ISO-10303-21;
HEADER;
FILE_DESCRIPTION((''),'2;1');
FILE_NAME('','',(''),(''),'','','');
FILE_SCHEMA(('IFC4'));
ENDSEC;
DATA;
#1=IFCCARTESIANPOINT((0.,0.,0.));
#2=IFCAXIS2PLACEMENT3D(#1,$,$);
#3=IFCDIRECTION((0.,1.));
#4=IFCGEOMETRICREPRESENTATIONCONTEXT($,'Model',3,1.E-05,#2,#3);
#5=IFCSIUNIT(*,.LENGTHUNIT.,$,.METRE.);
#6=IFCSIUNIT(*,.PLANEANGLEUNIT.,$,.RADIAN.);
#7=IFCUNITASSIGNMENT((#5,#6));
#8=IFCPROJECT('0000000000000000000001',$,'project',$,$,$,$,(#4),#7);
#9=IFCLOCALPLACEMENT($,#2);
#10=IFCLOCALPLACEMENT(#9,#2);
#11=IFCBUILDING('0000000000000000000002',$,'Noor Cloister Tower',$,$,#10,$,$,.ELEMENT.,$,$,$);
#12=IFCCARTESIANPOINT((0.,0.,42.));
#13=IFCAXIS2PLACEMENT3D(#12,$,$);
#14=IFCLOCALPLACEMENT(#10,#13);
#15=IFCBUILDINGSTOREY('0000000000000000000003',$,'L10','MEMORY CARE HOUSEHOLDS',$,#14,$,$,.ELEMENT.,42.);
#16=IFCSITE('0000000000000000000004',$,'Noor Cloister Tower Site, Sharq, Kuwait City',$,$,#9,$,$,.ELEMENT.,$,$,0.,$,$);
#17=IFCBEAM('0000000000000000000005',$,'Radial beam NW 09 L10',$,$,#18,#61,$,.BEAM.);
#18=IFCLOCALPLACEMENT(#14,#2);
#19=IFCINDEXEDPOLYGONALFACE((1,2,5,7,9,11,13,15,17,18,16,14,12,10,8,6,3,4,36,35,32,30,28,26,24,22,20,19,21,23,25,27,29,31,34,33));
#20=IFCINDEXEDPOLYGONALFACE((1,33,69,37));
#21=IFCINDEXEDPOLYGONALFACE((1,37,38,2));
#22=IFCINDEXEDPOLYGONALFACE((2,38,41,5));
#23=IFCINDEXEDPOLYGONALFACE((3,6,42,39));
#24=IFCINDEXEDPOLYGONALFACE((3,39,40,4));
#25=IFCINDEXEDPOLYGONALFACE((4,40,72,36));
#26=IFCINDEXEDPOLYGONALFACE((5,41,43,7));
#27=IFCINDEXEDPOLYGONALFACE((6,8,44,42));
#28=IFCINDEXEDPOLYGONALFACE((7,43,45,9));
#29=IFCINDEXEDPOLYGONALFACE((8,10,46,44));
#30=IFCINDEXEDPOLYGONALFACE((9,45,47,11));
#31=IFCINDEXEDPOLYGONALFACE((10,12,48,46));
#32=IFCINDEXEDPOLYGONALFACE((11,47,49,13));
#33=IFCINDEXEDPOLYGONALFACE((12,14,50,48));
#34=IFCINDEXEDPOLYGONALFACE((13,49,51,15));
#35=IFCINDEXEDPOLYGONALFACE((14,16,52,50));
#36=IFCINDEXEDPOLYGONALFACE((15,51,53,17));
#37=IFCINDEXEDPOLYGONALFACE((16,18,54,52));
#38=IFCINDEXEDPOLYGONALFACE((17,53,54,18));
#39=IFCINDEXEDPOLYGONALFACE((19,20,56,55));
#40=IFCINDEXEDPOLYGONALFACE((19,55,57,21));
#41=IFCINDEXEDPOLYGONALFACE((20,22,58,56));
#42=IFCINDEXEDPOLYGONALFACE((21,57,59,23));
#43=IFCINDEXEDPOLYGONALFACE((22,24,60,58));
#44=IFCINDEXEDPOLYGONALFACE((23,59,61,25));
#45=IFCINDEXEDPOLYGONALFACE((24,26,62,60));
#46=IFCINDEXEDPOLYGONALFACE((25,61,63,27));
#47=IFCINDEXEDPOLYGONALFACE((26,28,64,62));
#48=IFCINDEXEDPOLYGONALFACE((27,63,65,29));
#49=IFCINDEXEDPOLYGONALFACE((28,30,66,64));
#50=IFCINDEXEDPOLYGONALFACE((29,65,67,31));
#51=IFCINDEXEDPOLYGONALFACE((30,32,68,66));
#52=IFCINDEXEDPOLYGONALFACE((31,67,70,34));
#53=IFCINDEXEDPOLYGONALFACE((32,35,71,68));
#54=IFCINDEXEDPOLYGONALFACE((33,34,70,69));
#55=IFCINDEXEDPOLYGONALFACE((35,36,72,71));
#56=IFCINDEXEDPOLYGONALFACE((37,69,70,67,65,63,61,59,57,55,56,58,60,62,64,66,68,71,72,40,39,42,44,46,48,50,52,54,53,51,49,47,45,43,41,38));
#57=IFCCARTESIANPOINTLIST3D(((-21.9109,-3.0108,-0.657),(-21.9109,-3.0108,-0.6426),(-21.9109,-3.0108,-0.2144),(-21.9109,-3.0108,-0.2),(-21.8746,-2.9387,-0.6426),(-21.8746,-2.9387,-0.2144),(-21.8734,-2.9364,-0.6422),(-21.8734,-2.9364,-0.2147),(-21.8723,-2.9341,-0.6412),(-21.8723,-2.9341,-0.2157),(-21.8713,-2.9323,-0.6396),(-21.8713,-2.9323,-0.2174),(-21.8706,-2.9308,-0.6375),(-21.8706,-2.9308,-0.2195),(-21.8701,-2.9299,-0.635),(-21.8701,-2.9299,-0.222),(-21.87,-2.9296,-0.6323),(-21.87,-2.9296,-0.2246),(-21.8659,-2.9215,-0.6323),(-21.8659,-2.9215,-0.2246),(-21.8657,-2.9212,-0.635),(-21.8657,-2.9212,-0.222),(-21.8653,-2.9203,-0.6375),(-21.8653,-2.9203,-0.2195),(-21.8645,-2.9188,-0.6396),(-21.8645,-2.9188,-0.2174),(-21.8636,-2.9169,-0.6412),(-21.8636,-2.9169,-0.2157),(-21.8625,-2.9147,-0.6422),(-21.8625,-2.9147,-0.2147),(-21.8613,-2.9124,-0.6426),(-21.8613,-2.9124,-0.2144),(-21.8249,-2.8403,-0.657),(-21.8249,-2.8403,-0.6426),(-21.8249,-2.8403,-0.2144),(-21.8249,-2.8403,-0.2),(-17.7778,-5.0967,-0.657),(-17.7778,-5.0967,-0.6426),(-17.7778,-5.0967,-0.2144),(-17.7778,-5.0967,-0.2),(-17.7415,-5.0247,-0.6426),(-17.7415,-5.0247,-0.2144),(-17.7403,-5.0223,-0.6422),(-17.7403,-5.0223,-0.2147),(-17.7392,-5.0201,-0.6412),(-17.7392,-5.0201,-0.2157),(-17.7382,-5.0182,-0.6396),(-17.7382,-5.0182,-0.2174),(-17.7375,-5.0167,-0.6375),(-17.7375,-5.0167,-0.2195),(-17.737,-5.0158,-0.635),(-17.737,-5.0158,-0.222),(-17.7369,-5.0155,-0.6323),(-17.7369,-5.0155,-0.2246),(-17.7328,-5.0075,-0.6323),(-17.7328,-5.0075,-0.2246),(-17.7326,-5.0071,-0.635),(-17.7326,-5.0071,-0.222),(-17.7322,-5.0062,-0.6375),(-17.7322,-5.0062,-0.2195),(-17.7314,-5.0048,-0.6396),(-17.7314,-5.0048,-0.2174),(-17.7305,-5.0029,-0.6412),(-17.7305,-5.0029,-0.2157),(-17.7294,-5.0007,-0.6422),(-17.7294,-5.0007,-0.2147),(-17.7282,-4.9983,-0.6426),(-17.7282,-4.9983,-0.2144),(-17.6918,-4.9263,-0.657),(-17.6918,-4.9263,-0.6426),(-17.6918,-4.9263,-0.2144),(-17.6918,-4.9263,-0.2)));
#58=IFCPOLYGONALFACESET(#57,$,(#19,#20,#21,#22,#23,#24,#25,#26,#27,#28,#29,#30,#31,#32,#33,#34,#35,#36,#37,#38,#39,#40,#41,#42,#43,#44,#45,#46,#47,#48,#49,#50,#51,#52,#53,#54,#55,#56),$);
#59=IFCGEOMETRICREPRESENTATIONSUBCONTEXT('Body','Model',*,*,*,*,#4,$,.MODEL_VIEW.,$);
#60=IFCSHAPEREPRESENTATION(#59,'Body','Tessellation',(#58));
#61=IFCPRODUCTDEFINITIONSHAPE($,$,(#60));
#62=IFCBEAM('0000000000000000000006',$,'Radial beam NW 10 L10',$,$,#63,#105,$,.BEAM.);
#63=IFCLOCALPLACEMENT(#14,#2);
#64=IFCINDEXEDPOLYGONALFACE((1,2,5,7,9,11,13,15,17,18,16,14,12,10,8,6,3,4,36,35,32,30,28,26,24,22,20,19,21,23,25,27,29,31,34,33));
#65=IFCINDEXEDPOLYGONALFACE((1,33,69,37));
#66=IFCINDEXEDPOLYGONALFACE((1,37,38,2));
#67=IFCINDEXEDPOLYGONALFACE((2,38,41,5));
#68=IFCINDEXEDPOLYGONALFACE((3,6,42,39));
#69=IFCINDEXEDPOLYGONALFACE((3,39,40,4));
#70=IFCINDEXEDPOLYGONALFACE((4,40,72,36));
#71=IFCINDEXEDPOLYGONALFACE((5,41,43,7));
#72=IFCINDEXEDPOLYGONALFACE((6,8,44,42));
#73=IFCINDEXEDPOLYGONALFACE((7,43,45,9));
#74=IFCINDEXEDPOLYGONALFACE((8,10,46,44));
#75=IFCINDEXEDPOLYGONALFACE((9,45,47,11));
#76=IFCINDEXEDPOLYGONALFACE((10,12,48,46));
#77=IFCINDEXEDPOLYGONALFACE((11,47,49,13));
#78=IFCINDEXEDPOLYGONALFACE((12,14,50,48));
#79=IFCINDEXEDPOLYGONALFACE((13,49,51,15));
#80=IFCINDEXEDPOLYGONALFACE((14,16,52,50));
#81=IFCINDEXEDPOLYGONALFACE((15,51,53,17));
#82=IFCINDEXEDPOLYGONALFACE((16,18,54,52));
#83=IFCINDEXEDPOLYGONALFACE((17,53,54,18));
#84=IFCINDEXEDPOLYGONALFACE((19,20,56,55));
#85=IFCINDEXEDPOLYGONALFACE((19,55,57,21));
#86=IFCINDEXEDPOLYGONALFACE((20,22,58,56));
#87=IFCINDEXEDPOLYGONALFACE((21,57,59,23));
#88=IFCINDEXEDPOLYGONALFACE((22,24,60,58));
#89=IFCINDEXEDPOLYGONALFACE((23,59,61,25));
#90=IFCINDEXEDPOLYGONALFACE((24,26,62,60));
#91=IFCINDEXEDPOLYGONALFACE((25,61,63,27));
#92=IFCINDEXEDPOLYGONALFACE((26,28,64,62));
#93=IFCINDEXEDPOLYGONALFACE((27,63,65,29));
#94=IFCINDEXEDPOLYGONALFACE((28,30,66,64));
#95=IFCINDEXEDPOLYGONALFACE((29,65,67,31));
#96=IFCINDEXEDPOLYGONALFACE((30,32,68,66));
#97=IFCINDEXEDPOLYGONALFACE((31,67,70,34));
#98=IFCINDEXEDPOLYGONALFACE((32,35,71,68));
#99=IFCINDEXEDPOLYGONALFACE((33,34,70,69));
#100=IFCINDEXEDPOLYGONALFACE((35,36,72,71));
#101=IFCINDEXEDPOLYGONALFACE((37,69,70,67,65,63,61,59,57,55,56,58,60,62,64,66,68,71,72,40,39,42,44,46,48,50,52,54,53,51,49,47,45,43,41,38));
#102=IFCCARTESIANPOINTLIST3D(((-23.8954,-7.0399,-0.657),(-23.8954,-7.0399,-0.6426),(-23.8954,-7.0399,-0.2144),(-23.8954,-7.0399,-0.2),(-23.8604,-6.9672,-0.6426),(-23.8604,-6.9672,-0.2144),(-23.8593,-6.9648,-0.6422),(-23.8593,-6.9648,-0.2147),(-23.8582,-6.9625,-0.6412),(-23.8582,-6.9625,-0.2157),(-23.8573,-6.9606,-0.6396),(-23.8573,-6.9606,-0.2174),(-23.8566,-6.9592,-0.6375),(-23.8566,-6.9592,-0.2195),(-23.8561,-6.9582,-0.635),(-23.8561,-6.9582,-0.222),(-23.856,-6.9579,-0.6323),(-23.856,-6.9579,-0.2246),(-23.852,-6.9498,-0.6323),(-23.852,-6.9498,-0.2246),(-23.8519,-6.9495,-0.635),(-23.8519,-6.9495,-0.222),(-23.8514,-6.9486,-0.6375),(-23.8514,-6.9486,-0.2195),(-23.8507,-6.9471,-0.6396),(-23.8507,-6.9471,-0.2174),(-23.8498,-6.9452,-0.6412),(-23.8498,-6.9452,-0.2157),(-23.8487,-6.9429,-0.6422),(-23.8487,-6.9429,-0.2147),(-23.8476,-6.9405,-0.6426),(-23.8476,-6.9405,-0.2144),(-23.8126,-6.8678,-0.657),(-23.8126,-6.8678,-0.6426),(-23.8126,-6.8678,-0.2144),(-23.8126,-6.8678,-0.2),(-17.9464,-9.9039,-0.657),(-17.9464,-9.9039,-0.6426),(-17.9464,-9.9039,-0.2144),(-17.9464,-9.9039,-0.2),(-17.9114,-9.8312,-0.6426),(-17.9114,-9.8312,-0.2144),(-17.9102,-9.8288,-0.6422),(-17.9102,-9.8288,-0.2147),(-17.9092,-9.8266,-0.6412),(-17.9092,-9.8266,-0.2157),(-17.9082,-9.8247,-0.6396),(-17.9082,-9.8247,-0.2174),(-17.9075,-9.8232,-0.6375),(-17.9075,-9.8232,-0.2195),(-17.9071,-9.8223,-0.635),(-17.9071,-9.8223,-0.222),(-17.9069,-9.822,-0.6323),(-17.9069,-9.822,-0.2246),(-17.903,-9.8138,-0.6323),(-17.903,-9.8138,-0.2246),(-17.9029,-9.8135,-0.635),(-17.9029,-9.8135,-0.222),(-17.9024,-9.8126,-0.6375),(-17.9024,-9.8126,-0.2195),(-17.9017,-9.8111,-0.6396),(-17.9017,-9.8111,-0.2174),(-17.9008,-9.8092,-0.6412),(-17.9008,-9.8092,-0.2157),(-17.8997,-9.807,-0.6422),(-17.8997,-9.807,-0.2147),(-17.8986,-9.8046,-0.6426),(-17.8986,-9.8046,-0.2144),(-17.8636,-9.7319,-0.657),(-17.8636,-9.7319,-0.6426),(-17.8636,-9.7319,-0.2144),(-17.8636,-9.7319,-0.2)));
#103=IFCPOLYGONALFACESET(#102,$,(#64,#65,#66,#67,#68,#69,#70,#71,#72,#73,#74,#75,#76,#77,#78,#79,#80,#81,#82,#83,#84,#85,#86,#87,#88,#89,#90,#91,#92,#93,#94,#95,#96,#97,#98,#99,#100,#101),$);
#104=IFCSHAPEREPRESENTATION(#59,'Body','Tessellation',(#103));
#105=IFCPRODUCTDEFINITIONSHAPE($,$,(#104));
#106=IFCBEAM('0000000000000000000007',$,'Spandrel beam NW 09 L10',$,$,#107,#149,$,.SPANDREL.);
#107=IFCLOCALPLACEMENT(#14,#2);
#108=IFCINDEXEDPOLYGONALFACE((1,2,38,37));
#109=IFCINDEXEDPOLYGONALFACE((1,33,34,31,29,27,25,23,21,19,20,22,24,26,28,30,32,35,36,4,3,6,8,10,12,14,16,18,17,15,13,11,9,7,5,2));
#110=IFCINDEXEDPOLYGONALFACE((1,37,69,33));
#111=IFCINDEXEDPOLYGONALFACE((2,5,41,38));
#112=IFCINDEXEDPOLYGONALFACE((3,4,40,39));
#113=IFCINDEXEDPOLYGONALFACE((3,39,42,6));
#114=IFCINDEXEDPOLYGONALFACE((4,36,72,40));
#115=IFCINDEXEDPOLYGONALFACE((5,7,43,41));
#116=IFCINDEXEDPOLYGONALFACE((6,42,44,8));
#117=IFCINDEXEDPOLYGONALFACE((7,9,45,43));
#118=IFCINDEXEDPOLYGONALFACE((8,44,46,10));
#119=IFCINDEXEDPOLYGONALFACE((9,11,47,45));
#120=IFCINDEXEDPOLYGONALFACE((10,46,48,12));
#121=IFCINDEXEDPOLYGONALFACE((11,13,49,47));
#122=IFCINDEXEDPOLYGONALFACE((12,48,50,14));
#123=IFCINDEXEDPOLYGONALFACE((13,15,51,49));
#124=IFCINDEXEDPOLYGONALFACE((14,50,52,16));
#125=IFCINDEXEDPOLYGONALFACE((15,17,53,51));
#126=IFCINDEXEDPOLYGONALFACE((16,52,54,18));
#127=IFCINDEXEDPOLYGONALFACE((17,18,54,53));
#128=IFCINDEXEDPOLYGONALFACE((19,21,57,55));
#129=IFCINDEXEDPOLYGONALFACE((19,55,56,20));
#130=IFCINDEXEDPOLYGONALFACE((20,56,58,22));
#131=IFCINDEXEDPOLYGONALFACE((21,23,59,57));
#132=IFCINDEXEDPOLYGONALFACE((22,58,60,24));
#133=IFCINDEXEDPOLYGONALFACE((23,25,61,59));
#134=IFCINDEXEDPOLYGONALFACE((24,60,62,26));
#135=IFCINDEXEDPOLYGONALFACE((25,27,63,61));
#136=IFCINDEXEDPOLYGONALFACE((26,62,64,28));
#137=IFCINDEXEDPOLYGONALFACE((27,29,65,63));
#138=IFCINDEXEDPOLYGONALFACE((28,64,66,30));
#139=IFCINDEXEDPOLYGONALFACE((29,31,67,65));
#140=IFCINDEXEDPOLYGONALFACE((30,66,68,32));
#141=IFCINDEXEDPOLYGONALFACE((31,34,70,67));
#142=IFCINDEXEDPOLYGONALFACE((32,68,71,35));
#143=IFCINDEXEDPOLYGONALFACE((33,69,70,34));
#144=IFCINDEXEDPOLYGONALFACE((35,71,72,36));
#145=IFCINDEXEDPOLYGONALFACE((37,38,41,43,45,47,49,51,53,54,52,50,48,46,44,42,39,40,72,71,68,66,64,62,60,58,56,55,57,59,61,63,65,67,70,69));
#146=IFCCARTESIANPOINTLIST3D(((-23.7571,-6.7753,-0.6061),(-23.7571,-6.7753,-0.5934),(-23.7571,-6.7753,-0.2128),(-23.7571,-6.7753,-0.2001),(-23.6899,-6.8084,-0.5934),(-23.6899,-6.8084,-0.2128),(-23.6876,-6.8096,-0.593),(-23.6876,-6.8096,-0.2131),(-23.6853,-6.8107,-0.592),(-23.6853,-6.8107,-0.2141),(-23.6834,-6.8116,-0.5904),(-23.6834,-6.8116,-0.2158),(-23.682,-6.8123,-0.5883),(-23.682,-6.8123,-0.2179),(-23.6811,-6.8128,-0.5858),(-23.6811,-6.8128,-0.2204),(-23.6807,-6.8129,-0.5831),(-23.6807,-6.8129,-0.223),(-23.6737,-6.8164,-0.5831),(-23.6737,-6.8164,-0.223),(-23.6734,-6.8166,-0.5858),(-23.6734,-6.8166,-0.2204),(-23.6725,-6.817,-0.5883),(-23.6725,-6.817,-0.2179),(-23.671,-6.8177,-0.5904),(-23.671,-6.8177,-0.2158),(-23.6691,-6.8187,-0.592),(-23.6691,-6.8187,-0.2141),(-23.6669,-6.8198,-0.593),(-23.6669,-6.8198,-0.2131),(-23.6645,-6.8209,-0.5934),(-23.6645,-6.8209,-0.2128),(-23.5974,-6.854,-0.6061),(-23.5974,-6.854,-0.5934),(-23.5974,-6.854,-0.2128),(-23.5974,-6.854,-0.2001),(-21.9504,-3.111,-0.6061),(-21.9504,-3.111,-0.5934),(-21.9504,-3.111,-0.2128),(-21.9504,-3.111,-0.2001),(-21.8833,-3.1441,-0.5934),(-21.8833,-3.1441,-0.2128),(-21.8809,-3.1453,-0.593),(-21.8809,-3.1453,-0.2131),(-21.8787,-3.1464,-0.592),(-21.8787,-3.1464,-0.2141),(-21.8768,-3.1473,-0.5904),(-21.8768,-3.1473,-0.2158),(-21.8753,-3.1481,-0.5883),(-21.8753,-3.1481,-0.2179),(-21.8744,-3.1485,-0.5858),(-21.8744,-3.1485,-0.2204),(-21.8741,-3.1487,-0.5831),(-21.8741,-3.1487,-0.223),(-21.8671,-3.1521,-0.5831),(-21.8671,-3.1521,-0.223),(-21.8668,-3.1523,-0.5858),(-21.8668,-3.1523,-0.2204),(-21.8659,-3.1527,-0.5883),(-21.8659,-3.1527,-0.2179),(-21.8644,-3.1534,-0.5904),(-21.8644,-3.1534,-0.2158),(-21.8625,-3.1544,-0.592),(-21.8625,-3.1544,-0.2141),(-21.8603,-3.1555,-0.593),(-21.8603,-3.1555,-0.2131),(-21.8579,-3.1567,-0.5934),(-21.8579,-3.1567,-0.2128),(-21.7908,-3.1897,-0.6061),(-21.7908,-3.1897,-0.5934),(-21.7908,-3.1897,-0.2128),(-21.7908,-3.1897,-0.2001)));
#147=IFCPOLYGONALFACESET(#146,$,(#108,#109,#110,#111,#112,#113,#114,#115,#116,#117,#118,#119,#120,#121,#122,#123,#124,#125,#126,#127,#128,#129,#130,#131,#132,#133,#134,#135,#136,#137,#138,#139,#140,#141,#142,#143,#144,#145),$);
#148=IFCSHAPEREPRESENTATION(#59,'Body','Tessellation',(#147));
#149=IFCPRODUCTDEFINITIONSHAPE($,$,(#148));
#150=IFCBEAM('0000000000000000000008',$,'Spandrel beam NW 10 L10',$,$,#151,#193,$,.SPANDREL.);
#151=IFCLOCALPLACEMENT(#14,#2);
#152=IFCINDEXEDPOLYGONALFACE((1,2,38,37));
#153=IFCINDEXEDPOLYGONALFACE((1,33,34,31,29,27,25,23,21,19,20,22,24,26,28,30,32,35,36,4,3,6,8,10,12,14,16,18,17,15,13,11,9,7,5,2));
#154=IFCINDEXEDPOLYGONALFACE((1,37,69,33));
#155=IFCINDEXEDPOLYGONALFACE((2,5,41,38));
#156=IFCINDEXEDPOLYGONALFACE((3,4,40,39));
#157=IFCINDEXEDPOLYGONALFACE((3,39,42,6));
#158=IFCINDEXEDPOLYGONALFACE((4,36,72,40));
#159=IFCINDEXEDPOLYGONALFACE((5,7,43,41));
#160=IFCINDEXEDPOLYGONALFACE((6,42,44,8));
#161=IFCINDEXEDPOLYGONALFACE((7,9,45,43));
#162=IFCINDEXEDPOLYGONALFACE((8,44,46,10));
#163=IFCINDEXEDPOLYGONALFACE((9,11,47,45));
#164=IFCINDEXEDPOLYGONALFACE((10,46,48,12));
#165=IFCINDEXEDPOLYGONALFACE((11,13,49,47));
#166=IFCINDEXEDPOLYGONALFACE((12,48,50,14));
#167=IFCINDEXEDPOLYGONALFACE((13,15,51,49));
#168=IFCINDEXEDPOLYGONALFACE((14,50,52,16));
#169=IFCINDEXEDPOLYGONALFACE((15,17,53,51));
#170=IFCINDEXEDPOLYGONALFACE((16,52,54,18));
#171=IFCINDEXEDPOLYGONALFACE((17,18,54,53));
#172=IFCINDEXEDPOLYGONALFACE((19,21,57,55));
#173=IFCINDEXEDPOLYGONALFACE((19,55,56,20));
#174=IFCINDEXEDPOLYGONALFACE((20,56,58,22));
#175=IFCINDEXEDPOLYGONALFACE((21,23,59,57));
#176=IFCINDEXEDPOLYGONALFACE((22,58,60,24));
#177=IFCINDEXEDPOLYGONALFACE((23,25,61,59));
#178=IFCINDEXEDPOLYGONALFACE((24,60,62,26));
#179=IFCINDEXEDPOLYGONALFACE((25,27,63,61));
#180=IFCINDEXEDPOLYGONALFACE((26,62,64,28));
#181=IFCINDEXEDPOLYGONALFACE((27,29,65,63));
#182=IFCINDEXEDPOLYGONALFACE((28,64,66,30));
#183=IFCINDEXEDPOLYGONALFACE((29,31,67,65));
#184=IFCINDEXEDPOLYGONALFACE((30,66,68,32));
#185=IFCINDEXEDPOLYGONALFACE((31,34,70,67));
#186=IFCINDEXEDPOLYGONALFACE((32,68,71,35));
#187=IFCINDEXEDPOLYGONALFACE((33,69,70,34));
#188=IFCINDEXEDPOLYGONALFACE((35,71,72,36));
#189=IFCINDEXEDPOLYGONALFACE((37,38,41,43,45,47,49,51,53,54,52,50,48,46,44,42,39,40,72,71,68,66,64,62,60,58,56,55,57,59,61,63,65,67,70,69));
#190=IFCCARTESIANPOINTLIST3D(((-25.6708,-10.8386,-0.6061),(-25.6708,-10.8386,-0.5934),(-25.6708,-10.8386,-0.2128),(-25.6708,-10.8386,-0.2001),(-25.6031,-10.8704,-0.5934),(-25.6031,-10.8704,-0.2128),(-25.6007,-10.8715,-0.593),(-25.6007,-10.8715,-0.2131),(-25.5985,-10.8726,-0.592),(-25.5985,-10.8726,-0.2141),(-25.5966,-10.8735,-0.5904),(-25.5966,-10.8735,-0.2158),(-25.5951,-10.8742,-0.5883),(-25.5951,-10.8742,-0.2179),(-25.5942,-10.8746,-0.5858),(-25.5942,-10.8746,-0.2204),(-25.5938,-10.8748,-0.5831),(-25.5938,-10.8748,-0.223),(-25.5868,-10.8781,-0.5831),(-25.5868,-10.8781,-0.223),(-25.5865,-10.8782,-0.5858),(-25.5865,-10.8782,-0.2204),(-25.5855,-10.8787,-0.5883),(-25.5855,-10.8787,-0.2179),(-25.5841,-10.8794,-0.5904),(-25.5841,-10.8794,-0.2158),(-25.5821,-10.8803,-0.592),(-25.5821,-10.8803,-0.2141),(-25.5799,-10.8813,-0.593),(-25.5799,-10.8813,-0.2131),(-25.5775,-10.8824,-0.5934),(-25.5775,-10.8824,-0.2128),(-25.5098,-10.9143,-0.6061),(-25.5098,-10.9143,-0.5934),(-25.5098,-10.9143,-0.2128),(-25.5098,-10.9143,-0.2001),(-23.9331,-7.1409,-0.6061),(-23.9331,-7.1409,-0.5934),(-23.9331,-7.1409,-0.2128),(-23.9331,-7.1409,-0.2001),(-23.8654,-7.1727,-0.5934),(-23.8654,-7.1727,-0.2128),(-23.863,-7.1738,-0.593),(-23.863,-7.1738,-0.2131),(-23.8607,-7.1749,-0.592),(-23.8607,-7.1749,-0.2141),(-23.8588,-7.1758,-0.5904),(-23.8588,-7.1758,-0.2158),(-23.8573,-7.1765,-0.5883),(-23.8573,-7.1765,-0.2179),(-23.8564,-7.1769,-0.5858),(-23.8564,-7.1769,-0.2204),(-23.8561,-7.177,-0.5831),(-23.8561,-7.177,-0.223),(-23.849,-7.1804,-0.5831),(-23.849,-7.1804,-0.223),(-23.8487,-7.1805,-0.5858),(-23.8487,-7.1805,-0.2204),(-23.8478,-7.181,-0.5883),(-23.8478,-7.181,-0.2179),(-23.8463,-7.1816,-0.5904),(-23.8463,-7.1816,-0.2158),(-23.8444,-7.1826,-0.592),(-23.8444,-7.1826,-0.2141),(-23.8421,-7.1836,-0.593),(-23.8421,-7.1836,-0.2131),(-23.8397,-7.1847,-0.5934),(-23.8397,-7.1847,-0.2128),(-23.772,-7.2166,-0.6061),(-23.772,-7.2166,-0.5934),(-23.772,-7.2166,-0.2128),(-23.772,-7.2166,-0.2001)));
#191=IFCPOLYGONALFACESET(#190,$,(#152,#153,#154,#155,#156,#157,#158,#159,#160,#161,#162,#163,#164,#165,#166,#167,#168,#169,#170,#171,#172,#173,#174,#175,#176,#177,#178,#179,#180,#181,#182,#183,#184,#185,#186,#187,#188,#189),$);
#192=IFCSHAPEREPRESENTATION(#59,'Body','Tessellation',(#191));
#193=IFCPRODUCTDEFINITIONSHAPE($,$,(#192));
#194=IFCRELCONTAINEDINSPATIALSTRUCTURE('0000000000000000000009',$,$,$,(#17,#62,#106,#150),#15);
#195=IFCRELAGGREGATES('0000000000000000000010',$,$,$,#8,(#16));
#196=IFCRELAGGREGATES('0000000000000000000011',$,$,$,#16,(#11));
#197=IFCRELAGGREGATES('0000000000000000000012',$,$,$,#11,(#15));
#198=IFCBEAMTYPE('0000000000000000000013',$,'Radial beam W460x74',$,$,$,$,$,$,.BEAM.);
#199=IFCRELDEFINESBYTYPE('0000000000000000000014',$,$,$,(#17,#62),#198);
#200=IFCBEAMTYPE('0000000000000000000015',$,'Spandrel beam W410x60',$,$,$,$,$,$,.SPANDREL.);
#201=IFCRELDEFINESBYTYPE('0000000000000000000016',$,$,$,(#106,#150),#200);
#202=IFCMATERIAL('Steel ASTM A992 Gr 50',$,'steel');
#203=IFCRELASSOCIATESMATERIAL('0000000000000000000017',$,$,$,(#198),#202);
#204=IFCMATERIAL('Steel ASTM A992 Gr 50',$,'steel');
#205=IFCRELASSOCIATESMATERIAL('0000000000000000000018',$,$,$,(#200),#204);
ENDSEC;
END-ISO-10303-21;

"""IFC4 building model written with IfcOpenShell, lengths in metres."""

from ifc_helpers import new_model, si_unit, direction, frame, origin, origin_2d, place, context, subcontext, project, spatial, i_section, extrude, material, material_profile, profile_set, type_object, element, save


model = new_model("IFC4")

# Units and contexts
model_context = context("Model", 3, precision=1e-05, world=origin(), true_north=direction((0.0, 1.0)))
body_context = subcontext(model_context, "Body", "Model", "MODEL_VIEW")
ifc_project = project(units=[si_unit("LENGTHUNIT", "METRE"), si_unit("PLANEANGLEUNIT", "RADIAN")], contexts=[model_context])

# Site, building, storey
site_placement = place(None, origin())
site = spatial("IfcSite", under=ifc_project, at=site_placement, Name="Noor Cloister Tower Site, Sharq, Kuwait City", CompositionType="ELEMENT", RefElevation=0.0)
building_placement = place(site_placement, origin())
building = spatial("IfcBuilding", under=site, at=building_placement, Name="Noor Cloister Tower", CompositionType="ELEMENT")
storey_placement = place(building_placement, frame((0.0, 0.0, 42.0)))
storey = spatial("IfcBuildingStorey", under=building, at=storey_placement, Name="L10", Description="MEMORY CARE HOUSEHOLDS", CompositionType="ELEMENT", Elevation=42.0)

# Beams
ifc_material_1 = material(Name="Steel ASTM A992 Gr 50", Category="steel")
ifc_material_profile_1 = material_profile(ifc_material_1, i_section(OverallWidth=0.1909, OverallDepth=0.457, WebThickness=0.009, FlangeThickness=0.0144, FilletRadius=0.0103, at=origin_2d()), Name="W460x74")
ifc_profile_set_1 = profile_set([ifc_material_profile_1], Name="Steel ASTM A992 Gr 50")
beam_type_1 = type_object("IfcBeamType", Name="Radial beam W460x74", PredefinedType="BEAM", material=ifc_profile_set_1)
beam_1_placement = place(storey_placement, frame((-21.8679, -2.9255, -0.4285), z_axis=(0.892744, -0.450564, 0.0), x_axis=(0.450564, 0.892744, 0.0)))
element("IfcBeam", 1, at=beam_1_placement, inside=storey, type_object=beam_type_1, Name="Radial beam NW 09 L10", PredefinedType="BEAM", context=body_context, shape_type="SweptSolid", body=[
    extrude(i_section(OverallWidth=0.1909, OverallDepth=0.457, WebThickness=0.009, FlangeThickness=0.0144, FilletRadius=0.0103, at=origin_2d()), origin(), (0.0, 0.0, 1.0), 4.6296),
])
beam_2_placement = place(storey_placement, frame((-23.854, -6.9539, -0.4285), z_axis=(0.90102, -0.433778, 0.0), x_axis=(0.433778, 0.90102, 0.0)))
element("IfcBeam", 2, at=beam_2_placement, inside=storey, type_object=beam_type_1, Name="Radial beam NW 10 L10", PredefinedType="BEAM", context=body_context, shape_type="SweptSolid", body=[
    extrude(i_section(OverallWidth=0.1909, OverallDepth=0.457, WebThickness=0.009, FlangeThickness=0.0144, FilletRadius=0.0103, at=origin_2d()), origin(), (0.0, 0.0, 1.0), 6.6025),
])
ifc_material_2 = material(Name="Steel ASTM A992 Gr 50", Category="steel")
ifc_material_profile_2 = material_profile(ifc_material_2, i_section(OverallWidth=0.178, OverallDepth=0.406, WebThickness=0.0078, FlangeThickness=0.0127, FilletRadius=0.0103, at=origin_2d()), Name="W410x60")
ifc_profile_set_2 = profile_set([ifc_material_profile_2], Name="Steel ASTM A992 Gr 50")
beam_type_2 = type_object("IfcBeamType", Name="Spandrel beam W410x60", PredefinedType="SPANDREL", material=ifc_profile_set_2)
beam_3_placement = place(storey_placement, frame((-21.8706, -3.1504, -0.4031), z_axis=(-0.442211, -0.896911, 0.0), x_axis=(0.896911, -0.442211, 0.0)))
element("IfcBeam", 3, at=beam_3_placement, inside=storey, type_object=beam_type_2, Name="Spandrel beam NW 09 L10", PredefinedType="SPANDREL", context=body_context, shape_type="SweptSolid", body=[
    extrude(i_section(OverallWidth=0.178, OverallDepth=0.406, WebThickness=0.0078, FlangeThickness=0.0127, FilletRadius=0.0103, at=origin_2d()), origin(), (0.0, 0.0, 1.0), 4.0854),
])
beam_4_placement = place(storey_placement, frame((-23.8525, -7.1787, -0.4031), z_axis=(-0.425331, -0.905038, 0.0), x_axis=(0.905038, -0.425331, 0.0)))
element("IfcBeam", 4, at=beam_4_placement, inside=storey, type_object=beam_type_2, Name="Spandrel beam NW 10 L10", PredefinedType="SPANDREL", context=body_context, shape_type="SweptSolid", body=[
    extrude(i_section(OverallWidth=0.178, OverallDepth=0.406, WebThickness=0.0078, FlangeThickness=0.0127, FilletRadius=0.0103, at=origin_2d()), origin(), (0.0, 0.0, 1.0), 4.0857),
])

save(model, "model.ifc")
